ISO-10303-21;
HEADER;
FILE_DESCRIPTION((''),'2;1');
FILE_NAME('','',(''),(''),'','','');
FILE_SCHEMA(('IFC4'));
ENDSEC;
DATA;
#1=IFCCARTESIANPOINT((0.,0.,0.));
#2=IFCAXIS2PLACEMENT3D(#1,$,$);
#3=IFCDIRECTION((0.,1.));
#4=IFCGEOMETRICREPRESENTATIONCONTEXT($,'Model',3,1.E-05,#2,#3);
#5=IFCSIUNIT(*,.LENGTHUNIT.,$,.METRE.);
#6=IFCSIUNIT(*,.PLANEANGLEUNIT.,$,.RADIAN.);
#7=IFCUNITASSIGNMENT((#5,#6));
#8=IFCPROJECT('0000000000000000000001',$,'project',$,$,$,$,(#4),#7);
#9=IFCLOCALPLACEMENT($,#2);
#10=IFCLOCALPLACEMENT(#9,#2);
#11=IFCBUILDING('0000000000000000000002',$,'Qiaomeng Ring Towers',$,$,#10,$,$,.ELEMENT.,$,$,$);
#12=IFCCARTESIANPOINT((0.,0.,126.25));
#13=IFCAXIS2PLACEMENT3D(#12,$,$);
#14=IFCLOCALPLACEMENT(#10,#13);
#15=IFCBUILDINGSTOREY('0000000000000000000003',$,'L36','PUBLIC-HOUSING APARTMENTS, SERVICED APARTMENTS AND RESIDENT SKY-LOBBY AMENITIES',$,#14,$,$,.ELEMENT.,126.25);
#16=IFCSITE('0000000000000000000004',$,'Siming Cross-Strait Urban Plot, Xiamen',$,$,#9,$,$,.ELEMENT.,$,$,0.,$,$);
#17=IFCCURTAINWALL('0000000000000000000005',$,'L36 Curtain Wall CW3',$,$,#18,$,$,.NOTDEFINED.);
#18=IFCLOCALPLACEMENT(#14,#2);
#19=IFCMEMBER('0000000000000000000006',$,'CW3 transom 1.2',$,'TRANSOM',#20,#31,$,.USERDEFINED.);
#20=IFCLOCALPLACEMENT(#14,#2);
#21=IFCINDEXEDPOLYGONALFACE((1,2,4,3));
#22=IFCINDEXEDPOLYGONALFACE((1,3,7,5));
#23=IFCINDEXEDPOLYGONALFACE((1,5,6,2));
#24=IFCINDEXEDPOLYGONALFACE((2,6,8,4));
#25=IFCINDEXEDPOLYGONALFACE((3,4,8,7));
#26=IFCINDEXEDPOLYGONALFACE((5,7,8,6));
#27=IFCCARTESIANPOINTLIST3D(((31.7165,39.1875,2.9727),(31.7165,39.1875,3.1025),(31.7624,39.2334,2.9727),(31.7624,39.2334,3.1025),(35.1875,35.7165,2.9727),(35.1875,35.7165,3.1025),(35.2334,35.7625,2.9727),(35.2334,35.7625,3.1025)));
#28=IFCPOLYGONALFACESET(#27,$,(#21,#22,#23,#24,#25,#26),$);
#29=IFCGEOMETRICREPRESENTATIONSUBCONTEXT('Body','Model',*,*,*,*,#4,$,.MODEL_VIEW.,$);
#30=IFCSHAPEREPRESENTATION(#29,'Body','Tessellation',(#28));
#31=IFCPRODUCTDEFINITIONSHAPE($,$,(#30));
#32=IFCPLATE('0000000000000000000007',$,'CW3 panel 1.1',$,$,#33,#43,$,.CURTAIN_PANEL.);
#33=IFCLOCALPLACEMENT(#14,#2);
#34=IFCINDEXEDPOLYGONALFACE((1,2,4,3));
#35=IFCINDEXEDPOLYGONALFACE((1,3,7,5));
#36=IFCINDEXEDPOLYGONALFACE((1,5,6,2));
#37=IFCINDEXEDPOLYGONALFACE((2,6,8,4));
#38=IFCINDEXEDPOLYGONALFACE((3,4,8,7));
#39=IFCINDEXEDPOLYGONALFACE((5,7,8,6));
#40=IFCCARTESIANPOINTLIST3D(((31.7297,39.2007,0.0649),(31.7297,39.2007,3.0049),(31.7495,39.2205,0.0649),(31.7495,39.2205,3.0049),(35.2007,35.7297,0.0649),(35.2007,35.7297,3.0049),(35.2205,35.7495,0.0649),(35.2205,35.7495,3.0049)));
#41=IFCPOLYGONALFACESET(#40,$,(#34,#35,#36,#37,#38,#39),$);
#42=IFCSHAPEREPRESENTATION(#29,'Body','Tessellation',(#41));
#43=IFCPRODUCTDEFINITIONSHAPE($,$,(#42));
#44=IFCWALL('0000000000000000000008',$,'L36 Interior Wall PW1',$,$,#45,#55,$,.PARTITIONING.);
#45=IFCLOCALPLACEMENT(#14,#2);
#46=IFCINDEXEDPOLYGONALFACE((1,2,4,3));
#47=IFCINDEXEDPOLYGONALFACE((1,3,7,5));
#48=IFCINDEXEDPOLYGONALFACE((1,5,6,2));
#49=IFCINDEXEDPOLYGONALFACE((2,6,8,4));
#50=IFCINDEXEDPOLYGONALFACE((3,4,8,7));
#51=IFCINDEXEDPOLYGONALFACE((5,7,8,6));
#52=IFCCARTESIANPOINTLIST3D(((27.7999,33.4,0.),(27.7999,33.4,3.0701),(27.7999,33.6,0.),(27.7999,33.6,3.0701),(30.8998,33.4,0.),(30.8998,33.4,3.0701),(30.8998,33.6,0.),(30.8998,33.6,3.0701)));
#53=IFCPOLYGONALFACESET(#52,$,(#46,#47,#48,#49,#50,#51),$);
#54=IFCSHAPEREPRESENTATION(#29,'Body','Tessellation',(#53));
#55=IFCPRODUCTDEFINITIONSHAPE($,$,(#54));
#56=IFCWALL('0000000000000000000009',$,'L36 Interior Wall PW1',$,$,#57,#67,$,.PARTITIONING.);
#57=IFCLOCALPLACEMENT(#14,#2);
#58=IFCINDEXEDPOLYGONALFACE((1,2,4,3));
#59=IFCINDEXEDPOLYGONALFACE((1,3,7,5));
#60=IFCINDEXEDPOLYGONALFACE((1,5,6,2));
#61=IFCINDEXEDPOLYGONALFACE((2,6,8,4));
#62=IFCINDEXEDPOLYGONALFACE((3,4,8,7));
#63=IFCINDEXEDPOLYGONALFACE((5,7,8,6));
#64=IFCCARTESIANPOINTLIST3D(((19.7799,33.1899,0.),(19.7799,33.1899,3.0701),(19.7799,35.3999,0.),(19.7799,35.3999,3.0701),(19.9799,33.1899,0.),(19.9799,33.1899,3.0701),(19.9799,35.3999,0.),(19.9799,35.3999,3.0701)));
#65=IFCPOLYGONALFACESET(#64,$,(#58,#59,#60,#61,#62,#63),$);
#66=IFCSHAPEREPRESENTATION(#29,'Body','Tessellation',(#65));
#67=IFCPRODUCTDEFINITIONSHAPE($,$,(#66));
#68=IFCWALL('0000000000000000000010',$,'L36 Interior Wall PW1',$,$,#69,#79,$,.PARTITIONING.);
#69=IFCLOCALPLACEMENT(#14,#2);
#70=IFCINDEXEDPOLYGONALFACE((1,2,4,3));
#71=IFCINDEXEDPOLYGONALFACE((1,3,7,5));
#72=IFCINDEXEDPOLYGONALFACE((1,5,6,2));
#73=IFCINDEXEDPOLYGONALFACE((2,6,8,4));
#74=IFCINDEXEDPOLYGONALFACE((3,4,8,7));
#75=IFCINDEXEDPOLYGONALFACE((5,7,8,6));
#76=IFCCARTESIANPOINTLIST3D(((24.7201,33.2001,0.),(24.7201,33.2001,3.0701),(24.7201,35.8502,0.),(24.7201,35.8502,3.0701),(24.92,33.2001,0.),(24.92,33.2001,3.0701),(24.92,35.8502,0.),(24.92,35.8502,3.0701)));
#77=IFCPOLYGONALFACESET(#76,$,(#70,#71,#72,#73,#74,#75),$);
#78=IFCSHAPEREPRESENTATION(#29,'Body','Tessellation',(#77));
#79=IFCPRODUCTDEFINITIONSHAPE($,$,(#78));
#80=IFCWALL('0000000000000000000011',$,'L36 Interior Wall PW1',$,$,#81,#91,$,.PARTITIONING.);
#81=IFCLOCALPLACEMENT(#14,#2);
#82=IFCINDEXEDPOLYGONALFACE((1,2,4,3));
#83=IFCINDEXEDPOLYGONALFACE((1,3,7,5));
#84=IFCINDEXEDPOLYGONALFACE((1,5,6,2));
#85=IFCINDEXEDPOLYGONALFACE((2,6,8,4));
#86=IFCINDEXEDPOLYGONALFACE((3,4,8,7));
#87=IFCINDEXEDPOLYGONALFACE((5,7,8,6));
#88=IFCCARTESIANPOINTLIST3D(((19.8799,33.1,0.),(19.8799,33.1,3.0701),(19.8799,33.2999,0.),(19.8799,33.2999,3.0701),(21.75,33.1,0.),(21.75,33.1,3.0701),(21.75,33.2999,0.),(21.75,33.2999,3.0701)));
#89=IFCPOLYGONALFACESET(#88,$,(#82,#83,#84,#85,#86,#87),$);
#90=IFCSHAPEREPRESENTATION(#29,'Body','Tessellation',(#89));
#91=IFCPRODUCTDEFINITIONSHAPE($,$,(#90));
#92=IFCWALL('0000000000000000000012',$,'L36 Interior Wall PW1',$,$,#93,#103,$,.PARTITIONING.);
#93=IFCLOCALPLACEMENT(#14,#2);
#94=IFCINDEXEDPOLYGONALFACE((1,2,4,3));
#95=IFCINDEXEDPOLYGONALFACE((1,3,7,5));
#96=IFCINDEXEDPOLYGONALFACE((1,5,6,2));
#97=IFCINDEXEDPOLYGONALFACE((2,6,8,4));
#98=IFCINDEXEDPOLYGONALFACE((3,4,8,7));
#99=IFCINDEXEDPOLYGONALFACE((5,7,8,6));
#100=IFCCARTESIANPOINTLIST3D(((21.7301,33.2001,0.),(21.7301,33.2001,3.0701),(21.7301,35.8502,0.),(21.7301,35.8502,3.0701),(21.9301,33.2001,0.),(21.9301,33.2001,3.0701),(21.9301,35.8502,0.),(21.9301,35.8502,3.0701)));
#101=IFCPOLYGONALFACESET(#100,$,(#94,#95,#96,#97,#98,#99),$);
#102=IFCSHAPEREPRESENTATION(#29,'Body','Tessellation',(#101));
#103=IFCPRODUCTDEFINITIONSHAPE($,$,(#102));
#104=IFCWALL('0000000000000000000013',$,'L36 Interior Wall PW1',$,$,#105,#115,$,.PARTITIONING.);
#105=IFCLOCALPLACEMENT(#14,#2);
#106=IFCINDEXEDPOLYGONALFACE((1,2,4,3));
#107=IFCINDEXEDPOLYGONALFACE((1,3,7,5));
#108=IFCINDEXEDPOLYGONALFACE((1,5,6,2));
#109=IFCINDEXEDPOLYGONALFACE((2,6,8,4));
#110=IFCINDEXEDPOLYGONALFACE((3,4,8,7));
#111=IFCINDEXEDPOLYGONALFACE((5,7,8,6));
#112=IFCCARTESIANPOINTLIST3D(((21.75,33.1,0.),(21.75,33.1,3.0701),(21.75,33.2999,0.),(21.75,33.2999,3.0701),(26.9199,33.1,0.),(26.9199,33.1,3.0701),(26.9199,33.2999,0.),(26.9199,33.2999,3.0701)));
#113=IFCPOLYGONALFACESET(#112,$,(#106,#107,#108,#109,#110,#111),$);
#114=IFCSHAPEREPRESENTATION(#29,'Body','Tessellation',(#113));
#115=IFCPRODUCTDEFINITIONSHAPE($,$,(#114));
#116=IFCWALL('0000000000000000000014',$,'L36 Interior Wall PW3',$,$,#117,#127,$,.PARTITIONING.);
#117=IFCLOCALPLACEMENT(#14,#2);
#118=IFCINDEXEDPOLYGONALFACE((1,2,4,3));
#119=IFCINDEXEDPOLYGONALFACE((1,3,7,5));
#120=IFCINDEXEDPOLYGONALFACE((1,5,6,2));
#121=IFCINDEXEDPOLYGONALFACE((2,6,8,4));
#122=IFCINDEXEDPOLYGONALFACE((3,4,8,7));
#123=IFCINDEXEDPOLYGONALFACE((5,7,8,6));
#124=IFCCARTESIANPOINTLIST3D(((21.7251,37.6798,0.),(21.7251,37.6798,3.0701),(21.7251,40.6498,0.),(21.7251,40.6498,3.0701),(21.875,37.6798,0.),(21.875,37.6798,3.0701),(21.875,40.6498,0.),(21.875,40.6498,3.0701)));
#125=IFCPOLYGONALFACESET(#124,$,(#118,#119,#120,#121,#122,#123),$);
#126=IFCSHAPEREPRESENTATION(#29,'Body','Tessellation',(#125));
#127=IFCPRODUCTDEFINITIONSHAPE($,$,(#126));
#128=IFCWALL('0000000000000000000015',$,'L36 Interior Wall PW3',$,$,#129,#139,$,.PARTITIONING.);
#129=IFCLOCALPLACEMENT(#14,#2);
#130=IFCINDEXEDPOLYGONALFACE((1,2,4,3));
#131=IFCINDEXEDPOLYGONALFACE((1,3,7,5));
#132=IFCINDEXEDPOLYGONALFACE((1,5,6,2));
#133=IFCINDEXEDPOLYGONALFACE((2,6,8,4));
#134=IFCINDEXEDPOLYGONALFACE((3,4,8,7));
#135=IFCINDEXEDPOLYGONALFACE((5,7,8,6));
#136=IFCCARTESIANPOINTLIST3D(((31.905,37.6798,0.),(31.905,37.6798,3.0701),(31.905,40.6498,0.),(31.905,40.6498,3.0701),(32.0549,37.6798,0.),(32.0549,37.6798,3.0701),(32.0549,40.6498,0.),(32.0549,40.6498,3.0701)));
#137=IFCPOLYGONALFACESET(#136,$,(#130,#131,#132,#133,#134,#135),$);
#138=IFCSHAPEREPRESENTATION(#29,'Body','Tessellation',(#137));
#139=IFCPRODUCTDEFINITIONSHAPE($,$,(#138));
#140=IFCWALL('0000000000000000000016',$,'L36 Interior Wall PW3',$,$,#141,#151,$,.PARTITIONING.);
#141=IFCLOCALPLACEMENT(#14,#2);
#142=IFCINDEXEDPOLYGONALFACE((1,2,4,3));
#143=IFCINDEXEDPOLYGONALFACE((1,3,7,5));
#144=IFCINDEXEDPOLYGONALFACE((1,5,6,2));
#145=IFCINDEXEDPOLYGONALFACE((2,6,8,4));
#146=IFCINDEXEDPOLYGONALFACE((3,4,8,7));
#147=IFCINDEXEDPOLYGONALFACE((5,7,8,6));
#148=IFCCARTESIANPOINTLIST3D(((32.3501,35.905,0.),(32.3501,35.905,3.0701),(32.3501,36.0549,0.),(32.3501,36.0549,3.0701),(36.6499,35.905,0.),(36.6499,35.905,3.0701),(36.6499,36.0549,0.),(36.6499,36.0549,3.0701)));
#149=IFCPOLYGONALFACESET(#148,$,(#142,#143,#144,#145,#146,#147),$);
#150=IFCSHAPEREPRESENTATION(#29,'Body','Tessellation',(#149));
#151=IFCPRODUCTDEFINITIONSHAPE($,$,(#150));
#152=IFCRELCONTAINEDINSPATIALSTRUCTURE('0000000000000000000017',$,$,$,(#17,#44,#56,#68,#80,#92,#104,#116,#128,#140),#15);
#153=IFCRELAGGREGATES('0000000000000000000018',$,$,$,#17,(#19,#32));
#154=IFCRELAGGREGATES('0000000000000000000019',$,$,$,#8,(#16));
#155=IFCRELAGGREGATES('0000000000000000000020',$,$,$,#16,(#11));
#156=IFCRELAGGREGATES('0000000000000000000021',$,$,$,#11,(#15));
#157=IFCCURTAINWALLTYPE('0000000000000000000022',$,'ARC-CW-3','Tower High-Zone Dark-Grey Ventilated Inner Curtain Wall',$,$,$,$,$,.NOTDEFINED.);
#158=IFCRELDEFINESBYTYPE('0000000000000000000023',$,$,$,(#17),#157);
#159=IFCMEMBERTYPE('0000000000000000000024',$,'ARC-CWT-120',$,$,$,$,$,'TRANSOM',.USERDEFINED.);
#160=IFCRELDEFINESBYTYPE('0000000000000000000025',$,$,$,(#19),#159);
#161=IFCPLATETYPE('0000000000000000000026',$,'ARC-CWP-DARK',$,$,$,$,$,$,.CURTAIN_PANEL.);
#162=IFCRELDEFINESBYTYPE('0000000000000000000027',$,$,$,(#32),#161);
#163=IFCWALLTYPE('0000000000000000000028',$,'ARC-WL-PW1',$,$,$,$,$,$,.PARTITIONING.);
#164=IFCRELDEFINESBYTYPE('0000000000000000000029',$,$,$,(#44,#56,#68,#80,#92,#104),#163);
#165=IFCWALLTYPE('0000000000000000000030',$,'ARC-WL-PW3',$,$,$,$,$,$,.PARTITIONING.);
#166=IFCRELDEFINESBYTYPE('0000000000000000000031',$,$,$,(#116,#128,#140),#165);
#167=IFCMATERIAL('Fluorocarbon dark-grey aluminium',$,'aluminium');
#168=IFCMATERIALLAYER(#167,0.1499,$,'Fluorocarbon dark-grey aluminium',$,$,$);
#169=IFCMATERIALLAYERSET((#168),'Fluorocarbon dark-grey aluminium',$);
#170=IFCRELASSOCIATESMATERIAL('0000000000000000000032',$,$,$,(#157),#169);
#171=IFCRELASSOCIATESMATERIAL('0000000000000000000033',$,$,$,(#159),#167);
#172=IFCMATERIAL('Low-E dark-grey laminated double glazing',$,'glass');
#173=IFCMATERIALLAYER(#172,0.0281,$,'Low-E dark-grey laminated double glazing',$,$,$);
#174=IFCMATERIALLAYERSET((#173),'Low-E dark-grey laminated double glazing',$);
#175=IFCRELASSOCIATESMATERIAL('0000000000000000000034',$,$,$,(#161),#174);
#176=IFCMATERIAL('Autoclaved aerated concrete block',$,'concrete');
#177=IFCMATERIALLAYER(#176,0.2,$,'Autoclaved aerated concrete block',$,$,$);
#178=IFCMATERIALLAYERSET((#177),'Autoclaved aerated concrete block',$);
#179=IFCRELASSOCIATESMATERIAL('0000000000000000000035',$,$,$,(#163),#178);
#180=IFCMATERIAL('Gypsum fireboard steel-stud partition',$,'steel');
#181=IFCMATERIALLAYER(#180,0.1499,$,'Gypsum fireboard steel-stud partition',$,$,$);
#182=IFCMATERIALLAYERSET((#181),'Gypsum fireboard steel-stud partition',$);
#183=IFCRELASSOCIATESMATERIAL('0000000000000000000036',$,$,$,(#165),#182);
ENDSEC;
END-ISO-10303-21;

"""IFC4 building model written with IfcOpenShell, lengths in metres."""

from ifc_helpers import new_model, si_unit, direction, frame, frame_2d, origin, origin_2d, place, context, subcontext, project, spatial, rectangle, extrude, source, transform, mapped, material, layer, layer_set, material_profile, profile_set, type_object, element, aggregate, save


model = new_model("IFC4")

# Units and contexts
model_context = context("Model", 3, precision=1e-05, world=origin(), true_north=direction((0.0, 1.0)))
body_context = subcontext(model_context, "Body", "Model", "MODEL_VIEW")
ifc_project = project(units=[si_unit("LENGTHUNIT", "METRE"), si_unit("PLANEANGLEUNIT", "RADIAN")], contexts=[model_context])

# Site, building, storey
site_placement = place(None, origin())
site = spatial("IfcSite", under=ifc_project, at=site_placement, Name="Siming Cross-Strait Urban Plot, Xiamen", CompositionType="ELEMENT", RefElevation=0.0)
building_placement = place(site_placement, origin())
building = spatial("IfcBuilding", under=site, at=building_placement, Name="Qiaomeng Ring Towers", CompositionType="ELEMENT")
storey_placement = place(building_placement, frame((0.0, 0.0, 126.25)))
storey = spatial("IfcBuildingStorey", under=building, at=storey_placement, Name="L36", Description="PUBLIC-HOUSING APARTMENTS, SERVICED APARTMENTS AND RESIDENT SKY-LOBBY AMENITIES", CompositionType="ELEMENT", Elevation=126.25)

# Curtain wall, member, plate
ifc_material_1 = material(Name="Fluorocarbon dark-grey aluminium", Category="aluminium")
ifc_layer_1 = layer(ifc_material_1, 0.1499, Name="Fluorocarbon dark-grey aluminium")
ifc_layer_set_1 = layer_set([ifc_layer_1], Name="Fluorocarbon dark-grey aluminium")
curtain_wall_type = type_object("IfcCurtainWallType", Name="ARC-CW-3", Description="Tower High-Zone Dark-Grey Ventilated Inner Curtain Wall", PredefinedType="NOTDEFINED", material=ifc_layer_set_1)
curtain_wall_placement = place(storey_placement, origin())
curtain_wall = element("IfcCurtainWall", 1, at=curtain_wall_placement, inside=storey, type_object=curtain_wall_type, Name="L36 Curtain Wall CW3", PredefinedType="NOTDEFINED")
ifc_material_profile_1 = material_profile(ifc_material_1, rectangle(XDim=0.0649, YDim=0.1299, at=origin_2d()), Name="ALU TRAN 65x130")
ifc_profile_set_1 = profile_set([ifc_material_profile_1], Name="Fluorocarbon dark-grey aluminium")
member_type_1 = type_object("IfcMemberType", Name="ARC-CWT-120", ElementType="TRANSOM", PredefinedType="USERDEFINED", material=ifc_profile_set_1)
shared_shape_1 = source(origin(), body_context, "Body", "SweptSolid", [
    extrude(rectangle(XDim=0.0649, YDim=0.1299, at=origin_2d()), origin(), (0.0, 0.0, 1.0), 4.9087),
])
member_1_placement = place(storey_placement, frame((35.2104, 35.7395, 3.0376), z_axis=(-0.707107, 0.707107, 0.0), x_axis=(-0.707107, -0.707107, 0.0)))
member_1 = element("IfcMember", 2, at=member_1_placement, type_object=member_type_1, Name="CW3 transom 1.2", ObjectType="TRANSOM", PredefinedType="USERDEFINED", context=body_context, shape_type="MappedRepresentation", body=[
    mapped(shared_shape_1, transform((0.0, 0.0, 0.0), x_axis=(1.0, 0.0, 0.0), y_axis=(0.0, 1.0, 0.0), z_axis=(0.0, 0.0, 1.0), scale=1.0)),
])
ifc_material_2 = material(Name="Low-E dark-grey laminated double glazing", Category="glass")
ifc_layer_2 = layer(ifc_material_2, 0.0281, Name="Low-E dark-grey laminated double glazing")
ifc_layer_set_2 = layer_set([ifc_layer_2], Name="Low-E dark-grey laminated double glazing")
plate_type = type_object("IfcPlateType", Name="ARC-CWP-DARK", PredefinedType="CURTAIN_PANEL", material=ifc_layer_set_2)
shared_shape_2 = source(origin(), body_context, "Body", "SweptSolid", [
    extrude(rectangle(XDim=4.9087, YDim=0.0281, at=origin_2d()), origin(), (0.0, 0.0, 1.0), 2.9399),
])
plate_placement = place(storey_placement, frame((33.4751, 37.4751, 0.0649), z_axis=(0.0, 0.0, 1.0), x_axis=(-0.707107, 0.707107, 0.0)))
plate = element("IfcPlate", 3, at=plate_placement, type_object=plate_type, Name="CW3 panel 1.1", PredefinedType="CURTAIN_PANEL", context=body_context, shape_type="MappedRepresentation", body=[
    mapped(shared_shape_2, transform((0.0, 0.0, 0.0), x_axis=(1.0, 0.0, 0.0), y_axis=(0.0, 1.0, 0.0), z_axis=(0.0, 0.0, 1.0), scale=1.0)),
])
aggregate(curtain_wall, [member_1, plate])

# Walls
ifc_material_3 = material(Name="Autoclaved aerated concrete block", Category="concrete")
ifc_layer_3 = layer(ifc_material_3, 0.2, Name="Autoclaved aerated concrete block")
ifc_layer_set_3 = layer_set([ifc_layer_3], Name="Autoclaved aerated concrete block")
wall_type_1 = type_object("IfcWallType", Name="ARC-WL-PW1", PredefinedType="PARTITIONING", material=ifc_layer_set_3)
wall_1_placement = place(storey_placement, frame((27.8, 33.5, 0.0), z_axis=(0.0, 0.0, 1.0), x_axis=(1.0, 0.0, 0.0)))
element("IfcWall", 4, at=wall_1_placement, inside=storey, type_object=wall_type_1, Name="L36 Interior Wall PW1", PredefinedType="PARTITIONING", context=body_context, shape_type="SweptSolid", body=[
    extrude(rectangle(XDim=3.0999, YDim=0.2, at=frame_2d((1.5498, 0.0))), origin(), (0.0, 0.0, 1.0), 3.0701),
])
wall_2_placement = place(storey_placement, frame((19.8799, 33.1899, 0.0), z_axis=(0.0, 0.0, 1.0), x_axis=(0.0, 1.0, 0.0)))
element("IfcWall", 5, at=wall_2_placement, inside=storey, type_object=wall_type_1, Name="L36 Interior Wall PW1", PredefinedType="PARTITIONING", context=body_context, shape_type="SweptSolid", body=[
    extrude(rectangle(XDim=2.21, YDim=0.2, at=frame_2d((1.105, 0.0))), origin(), (0.0, 0.0, 1.0), 3.0701),
])
wall_3_placement = place(storey_placement, frame((24.8201, 33.2, 0.0), z_axis=(0.0, 0.0, 1.0), x_axis=(0.0, 1.0, 0.0)))
element("IfcWall", 6, at=wall_3_placement, inside=storey, type_object=wall_type_1, Name="L36 Interior Wall PW1", PredefinedType="PARTITIONING", context=body_context, shape_type="SweptSolid", body=[
    extrude(rectangle(XDim=2.6501, YDim=0.2, at=frame_2d((1.3252, 0.0))), origin(), (0.0, 0.0, 1.0), 3.0701),
])
wall_4_placement = place(storey_placement, frame((19.8799, 33.2, 0.0), z_axis=(0.0, 0.0, 1.0), x_axis=(1.0, 0.0, 0.0)))
element("IfcWall", 7, at=wall_4_placement, inside=storey, type_object=wall_type_1, Name="L36 Interior Wall PW1", PredefinedType="PARTITIONING", context=body_context, shape_type="SweptSolid", body=[
    extrude(rectangle(XDim=1.8701, YDim=0.2, at=frame_2d((0.9351, 0.0))), origin(), (0.0, 0.0, 1.0), 3.0701),
])
wall_5_placement = place(storey_placement, frame((21.8301, 33.2, 0.0), z_axis=(0.0, 0.0, 1.0), x_axis=(0.0, 1.0, 0.0)))
element("IfcWall", 8, at=wall_5_placement, inside=storey, type_object=wall_type_1, Name="L36 Interior Wall PW1", PredefinedType="PARTITIONING", context=body_context, shape_type="SweptSolid", body=[
    extrude(rectangle(XDim=2.6501, YDim=0.2, at=frame_2d((1.3252, 0.0))), origin(), (0.0, 0.0, 1.0), 3.0701),
])
wall_6_placement = place(storey_placement, frame((21.75, 33.2, 0.0), z_axis=(0.0, 0.0, 1.0), x_axis=(1.0, 0.0, 0.0)))
element("IfcWall", 9, at=wall_6_placement, inside=storey, type_object=wall_type_1, Name="L36 Interior Wall PW1", PredefinedType="PARTITIONING", context=body_context, shape_type="SweptSolid", body=[
    extrude(rectangle(XDim=5.1699, YDim=0.2, at=frame_2d((2.585, 0.0))), origin(), (0.0, 0.0, 1.0), 3.0701),
])
ifc_material_4 = material(Name="Gypsum fireboard steel-stud partition", Category="steel")
ifc_layer_4 = layer(ifc_material_4, 0.1499, Name="Gypsum fireboard steel-stud partition")
ifc_layer_set_4 = layer_set([ifc_layer_4], Name="Gypsum fireboard steel-stud partition")
wall_type_2 = type_object("IfcWallType", Name="ARC-WL-PW3", PredefinedType="PARTITIONING", material=ifc_layer_set_4)
for number, where, z_axis, x_axis, name in (
    (10, (21.8, 37.6799, 0.0), (0.0, 0.0, 1.0), (0.0, 1.0, 0.0), "L36 Interior Wall PW3"),
    (11, (31.98, 37.6799, 0.0), (0.0, 0.0, 1.0), (0.0, 1.0, 0.0), "L36 Interior Wall PW3"),
):
    element("IfcWall", number, at=place(storey_placement, frame(where, z_axis=z_axis, x_axis=x_axis)), inside=storey, type_object=wall_type_2, Name=name, PredefinedType="PARTITIONING", context=body_context, shape_type="SweptSolid", body=[
        extrude(rectangle(XDim=2.97, YDim=0.1499, at=frame_2d((1.4849, 0.0))), origin(), (0.0, 0.0, 1.0), 3.0701),
    ])
wall_7_placement = place(storey_placement, frame((32.3501, 35.98, 0.0), z_axis=(0.0, 0.0, 1.0), x_axis=(1.0, 0.0, 0.0)))
element("IfcWall", 12, at=wall_7_placement, inside=storey, type_object=wall_type_2, Name="L36 Interior Wall PW3", PredefinedType="PARTITIONING", context=body_context, shape_type="SweptSolid", body=[
    extrude(rectangle(XDim=4.2998, YDim=0.1499, at=frame_2d((2.1499, 0.0))), origin(), (0.0, 0.0, 1.0), 3.0701),
])

save(model, "model.ifc")
